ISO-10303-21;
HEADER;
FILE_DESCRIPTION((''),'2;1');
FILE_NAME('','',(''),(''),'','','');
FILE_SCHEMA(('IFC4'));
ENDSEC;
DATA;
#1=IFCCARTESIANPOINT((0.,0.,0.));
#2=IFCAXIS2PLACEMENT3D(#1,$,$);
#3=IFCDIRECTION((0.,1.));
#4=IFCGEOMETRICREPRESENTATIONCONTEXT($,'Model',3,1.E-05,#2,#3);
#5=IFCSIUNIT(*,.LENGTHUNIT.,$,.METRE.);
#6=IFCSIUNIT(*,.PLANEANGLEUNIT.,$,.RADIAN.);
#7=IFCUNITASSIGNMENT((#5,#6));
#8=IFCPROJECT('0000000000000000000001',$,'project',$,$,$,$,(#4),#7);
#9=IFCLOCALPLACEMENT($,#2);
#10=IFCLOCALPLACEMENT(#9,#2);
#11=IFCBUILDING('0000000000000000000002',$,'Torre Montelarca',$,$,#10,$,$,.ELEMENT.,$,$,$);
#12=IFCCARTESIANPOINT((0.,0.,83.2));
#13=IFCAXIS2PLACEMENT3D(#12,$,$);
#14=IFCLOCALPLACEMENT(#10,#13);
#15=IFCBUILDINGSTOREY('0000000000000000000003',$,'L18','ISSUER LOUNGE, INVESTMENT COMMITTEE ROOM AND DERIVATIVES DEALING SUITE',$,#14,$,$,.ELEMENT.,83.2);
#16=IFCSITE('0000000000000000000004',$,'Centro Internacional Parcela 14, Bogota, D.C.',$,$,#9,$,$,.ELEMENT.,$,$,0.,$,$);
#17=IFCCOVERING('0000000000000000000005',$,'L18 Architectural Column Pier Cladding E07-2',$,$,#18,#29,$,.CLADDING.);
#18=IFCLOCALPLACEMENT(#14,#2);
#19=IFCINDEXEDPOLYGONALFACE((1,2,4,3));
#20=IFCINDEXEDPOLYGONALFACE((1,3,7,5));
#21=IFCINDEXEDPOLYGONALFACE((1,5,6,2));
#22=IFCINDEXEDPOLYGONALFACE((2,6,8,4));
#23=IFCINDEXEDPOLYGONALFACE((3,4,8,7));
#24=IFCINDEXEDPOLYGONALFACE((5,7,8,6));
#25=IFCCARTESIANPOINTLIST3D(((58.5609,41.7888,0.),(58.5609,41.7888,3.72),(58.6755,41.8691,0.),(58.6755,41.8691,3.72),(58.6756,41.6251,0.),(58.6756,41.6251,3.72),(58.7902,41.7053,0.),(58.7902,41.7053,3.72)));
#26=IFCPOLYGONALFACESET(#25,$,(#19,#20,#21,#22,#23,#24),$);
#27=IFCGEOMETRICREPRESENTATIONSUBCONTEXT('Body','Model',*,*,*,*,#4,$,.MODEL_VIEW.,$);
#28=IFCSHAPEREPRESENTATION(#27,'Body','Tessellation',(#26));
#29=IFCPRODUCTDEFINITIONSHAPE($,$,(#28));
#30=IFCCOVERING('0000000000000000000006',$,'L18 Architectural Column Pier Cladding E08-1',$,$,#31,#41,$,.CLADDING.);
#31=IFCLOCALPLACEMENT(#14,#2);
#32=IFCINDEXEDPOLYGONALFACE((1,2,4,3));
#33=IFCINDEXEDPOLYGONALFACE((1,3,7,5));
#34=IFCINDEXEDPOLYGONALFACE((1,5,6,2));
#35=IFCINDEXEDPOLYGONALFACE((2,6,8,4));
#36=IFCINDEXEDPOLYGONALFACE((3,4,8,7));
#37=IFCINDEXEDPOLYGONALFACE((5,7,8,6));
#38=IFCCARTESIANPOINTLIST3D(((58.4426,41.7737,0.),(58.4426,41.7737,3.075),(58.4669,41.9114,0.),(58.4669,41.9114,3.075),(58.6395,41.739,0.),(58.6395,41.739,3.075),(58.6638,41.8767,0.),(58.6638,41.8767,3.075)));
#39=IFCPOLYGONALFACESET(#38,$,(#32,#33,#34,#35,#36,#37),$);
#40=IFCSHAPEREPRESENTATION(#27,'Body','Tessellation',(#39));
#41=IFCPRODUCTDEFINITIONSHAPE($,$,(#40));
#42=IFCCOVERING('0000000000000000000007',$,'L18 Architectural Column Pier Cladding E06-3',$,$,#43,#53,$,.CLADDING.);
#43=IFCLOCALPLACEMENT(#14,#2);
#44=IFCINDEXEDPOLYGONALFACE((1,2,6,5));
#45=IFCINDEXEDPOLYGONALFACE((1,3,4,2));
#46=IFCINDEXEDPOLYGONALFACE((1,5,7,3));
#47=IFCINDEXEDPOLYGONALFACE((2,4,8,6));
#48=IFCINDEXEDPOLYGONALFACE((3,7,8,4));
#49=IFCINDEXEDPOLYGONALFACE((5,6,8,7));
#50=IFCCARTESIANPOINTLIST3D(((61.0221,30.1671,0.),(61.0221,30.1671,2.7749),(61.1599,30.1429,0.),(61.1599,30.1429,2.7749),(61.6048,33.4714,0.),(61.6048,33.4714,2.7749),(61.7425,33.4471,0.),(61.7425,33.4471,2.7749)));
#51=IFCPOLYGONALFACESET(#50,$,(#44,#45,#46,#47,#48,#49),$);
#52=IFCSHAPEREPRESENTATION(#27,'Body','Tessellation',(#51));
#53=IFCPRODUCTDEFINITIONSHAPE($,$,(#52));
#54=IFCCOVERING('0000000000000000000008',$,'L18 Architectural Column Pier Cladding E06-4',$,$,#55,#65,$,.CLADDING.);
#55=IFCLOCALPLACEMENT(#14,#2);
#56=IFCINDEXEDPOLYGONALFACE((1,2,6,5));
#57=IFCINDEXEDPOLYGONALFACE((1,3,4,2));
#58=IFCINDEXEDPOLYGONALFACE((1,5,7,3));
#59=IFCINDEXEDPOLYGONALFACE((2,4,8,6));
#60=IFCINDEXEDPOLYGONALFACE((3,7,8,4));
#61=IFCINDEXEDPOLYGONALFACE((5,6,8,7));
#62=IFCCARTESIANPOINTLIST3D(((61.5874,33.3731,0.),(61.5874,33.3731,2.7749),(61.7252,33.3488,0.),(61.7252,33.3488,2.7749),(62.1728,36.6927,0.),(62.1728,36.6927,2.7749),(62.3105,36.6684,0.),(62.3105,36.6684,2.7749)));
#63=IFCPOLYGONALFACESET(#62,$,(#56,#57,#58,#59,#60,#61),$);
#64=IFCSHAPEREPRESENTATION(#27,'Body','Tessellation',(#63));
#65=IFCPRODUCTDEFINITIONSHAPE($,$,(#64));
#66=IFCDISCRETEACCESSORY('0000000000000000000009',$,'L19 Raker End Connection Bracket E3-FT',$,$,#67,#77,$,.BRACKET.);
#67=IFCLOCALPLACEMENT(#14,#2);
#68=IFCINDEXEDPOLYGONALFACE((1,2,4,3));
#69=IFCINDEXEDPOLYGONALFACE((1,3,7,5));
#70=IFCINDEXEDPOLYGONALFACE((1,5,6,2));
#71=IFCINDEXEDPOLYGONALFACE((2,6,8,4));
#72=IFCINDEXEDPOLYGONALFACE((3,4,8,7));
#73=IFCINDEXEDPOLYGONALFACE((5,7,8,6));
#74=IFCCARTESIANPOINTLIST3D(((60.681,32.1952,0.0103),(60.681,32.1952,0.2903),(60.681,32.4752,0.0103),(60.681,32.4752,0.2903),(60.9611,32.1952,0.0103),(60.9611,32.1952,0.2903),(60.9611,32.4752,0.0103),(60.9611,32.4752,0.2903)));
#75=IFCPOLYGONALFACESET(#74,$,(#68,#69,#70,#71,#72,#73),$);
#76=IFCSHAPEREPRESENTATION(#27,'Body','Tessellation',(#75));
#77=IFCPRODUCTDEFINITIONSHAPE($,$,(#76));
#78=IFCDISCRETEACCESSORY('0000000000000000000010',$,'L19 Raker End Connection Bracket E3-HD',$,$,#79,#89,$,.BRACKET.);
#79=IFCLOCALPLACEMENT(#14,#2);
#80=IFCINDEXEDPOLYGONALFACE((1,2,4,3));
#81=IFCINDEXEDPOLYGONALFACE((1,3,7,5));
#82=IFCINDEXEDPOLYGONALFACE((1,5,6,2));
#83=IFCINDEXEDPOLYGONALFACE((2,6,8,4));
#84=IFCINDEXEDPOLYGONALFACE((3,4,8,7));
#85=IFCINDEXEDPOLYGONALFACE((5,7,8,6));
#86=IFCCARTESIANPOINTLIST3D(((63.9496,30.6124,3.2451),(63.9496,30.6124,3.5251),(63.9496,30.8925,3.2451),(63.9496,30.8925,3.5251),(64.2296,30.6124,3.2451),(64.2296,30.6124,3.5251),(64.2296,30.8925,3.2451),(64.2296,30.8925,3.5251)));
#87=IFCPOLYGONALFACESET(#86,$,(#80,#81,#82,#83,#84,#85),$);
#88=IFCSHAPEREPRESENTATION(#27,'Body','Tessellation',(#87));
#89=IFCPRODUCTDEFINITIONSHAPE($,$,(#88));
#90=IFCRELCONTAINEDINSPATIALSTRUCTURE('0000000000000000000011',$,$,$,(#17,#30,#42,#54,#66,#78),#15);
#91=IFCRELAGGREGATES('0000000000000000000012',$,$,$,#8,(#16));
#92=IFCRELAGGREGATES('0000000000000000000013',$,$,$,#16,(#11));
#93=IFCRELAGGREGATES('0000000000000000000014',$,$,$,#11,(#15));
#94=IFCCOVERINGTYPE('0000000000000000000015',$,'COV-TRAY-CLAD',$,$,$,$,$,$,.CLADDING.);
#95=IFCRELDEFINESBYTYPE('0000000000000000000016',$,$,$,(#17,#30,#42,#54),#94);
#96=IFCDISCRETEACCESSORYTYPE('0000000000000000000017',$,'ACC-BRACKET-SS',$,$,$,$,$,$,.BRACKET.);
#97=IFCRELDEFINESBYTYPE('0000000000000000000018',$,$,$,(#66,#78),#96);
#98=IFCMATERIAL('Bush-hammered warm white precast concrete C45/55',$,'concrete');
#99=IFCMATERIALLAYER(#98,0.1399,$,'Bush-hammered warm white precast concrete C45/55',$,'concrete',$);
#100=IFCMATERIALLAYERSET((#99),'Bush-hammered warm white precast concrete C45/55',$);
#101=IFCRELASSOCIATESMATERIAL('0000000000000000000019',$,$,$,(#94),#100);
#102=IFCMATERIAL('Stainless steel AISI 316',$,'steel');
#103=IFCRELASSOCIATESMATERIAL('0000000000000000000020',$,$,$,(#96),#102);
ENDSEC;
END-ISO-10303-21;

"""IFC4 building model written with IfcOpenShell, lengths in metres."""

from ifc_helpers import new_model, si_unit, direction, frame, origin, origin_2d, place, context, subcontext, project, spatial, rectangle, extrude, source, transform, mapped, material, layer, layer_set, type_object, element, save


model = new_model("IFC4")

# Units and contexts
model_context = context("Model", 3, precision=1e-05, world=origin(), true_north=direction((0.0, 1.0)))
body_context = subcontext(model_context, "Body", "Model", "MODEL_VIEW")
ifc_project = project(units=[si_unit("LENGTHUNIT", "METRE"), si_unit("PLANEANGLEUNIT", "RADIAN")], contexts=[model_context])

# Site, building, storey
site_placement = place(None, origin())
site = spatial("IfcSite", under=ifc_project, at=site_placement, Name="Centro Internacional Parcela 14, Bogota, D.C.", CompositionType="ELEMENT", RefElevation=0.0)
building_placement = place(site_placement, origin())
building = spatial("IfcBuilding", under=site, at=building_placement, Name="Torre Montelarca", CompositionType="ELEMENT")
storey_placement = place(building_placement, frame((0.0, 0.0, 83.2)))
storey = spatial("IfcBuildingStorey", under=building, at=storey_placement, Name="L18", Description="ISSUER LOUNGE, INVESTMENT COMMITTEE ROOM AND DERIVATIVES DEALING SUITE", CompositionType="ELEMENT", Elevation=83.2)

# Coverings
ifc_material_1 = material(Name="Bush-hammered warm white precast concrete C45/55", Category="concrete")
ifc_layer_1 = layer(ifc_material_1, 0.1399, Name="Bush-hammered warm white precast concrete C45/55", Category="concrete")
ifc_layer_set_1 = layer_set([ifc_layer_1], Name="Bush-hammered warm white precast concrete C45/55")
covering_type = type_object("IfcCoveringType", Name="COV-TRAY-CLAD", PredefinedType="CLADDING", material=ifc_layer_set_1)
shared_shape_1 = source(origin(), body_context, "Body", "SweptSolid", [
    extrude(rectangle(XDim=0.2, YDim=0.1399, at=origin_2d()), origin(), (0.0, 0.0, 1.0), 3.72),
])
for number, where, z_axis, x_axis, name in (
    (1, (58.6755, 41.7471, 0.0), (0.0, 0.0, 1.0), (-0.573558, 0.819165, 0.0), "L18 Architectural Column Pier Cladding E07-2"),
):
    element("IfcCovering", number, at=place(storey_placement, frame(where, z_axis=z_axis, x_axis=x_axis)), inside=storey, type_object=covering_type, Name=name, PredefinedType="CLADDING", context=body_context, shape_type="MappedRepresentation", body=[
        mapped(shared_shape_1, transform((0.0, 0.0, 0.0), scale=1.0)),
    ])
shared_shape_2 = source(origin(), body_context, "Body", "SweptSolid", [
    extrude(rectangle(XDim=0.2, YDim=0.1399, at=origin_2d()), origin(), (0.0, 0.0, 1.0), 3.075),
])
covering_1_placement = place(storey_placement, frame((58.5532, 41.8252, 0.0), z_axis=(0.0, 0.0, 1.0), x_axis=(-0.984808, 0.173646, 0.0)))
element("IfcCovering", 2, at=covering_1_placement, inside=storey, type_object=covering_type, Name="L18 Architectural Column Pier Cladding E08-1", PredefinedType="CLADDING", context=body_context, shape_type="MappedRepresentation", body=[
    mapped(shared_shape_2, transform((0.0, 0.0, 0.0), scale=1.0)),
])
shared_shape_3 = source(origin(), body_context, "Body", "SweptSolid", [
    extrude(rectangle(XDim=3.3552, YDim=0.1399, at=origin_2d()), origin(), (0.0, 0.0, 1.0), 2.7749),
])
covering_2_placement = place(storey_placement, frame((61.3823, 31.8071, 0.0), z_axis=(0.0, 0.0, 1.0), x_axis=(0.173646, 0.984808, 0.0)))
element("IfcCovering", 3, at=covering_2_placement, inside=storey, type_object=covering_type, Name="L18 Architectural Column Pier Cladding E06-3", PredefinedType="CLADDING", context=body_context, shape_type="MappedRepresentation", body=[
    mapped(shared_shape_3, transform((0.0, 0.0, 0.0), scale=1.0)),
])
shared_shape_4 = source(origin(), body_context, "Body", "SweptSolid", [
    extrude(rectangle(XDim=3.3708, YDim=0.1399, at=origin_2d()), origin(), (0.0, 0.0, 1.0), 2.7749),
])
covering_3_placement = place(storey_placement, frame((61.949, 35.0208, 0.0), z_axis=(0.0, 0.0, 1.0), x_axis=(0.173646, 0.984808, 0.0)))
element("IfcCovering", 4, at=covering_3_placement, inside=storey, type_object=covering_type, Name="L18 Architectural Column Pier Cladding E06-4", PredefinedType="CLADDING", context=body_context, shape_type="MappedRepresentation", body=[
    mapped(shared_shape_4, transform((0.0, 0.0, 0.0), scale=1.0)),
])

# Discrete accessories
ifc_material_2 = material(Name="Stainless steel AISI 316", Category="steel")
discrete_accessory_type = type_object("IfcDiscreteAccessoryType", Name="ACC-BRACKET-SS", PredefinedType="BRACKET", material=ifc_material_2)
shared_shape_5 = source(origin(), body_context, "Body", "SweptSolid", [
    extrude(rectangle(XDim=0.28, YDim=0.28, at=origin_2d()), origin(), (0.0, 0.0, 1.0), 0.28),
])
for number, where, z_axis, x_axis, name in (
    (5, (60.821, 32.3352, 0.0103), (0.0, 0.0, 1.0), (1.0, 0.0, 0.0), "L19 Raker End Connection Bracket E3-FT"),
    (6, (64.0896, 30.7524, 3.2451), (0.0, 0.0, 1.0), (1.0, 0.0, 0.0), "L19 Raker End Connection Bracket E3-HD"),
):
    element("IfcDiscreteAccessory", number, at=place(storey_placement, frame(where, z_axis=z_axis, x_axis=x_axis)), inside=storey, type_object=discrete_accessory_type, Name=name, PredefinedType="BRACKET", context=body_context, shape_type="MappedRepresentation", body=[
        mapped(shared_shape_5, transform((0.0, 0.0, 0.0), scale=1.0)),
    ])

save(model, "model.ifc")
